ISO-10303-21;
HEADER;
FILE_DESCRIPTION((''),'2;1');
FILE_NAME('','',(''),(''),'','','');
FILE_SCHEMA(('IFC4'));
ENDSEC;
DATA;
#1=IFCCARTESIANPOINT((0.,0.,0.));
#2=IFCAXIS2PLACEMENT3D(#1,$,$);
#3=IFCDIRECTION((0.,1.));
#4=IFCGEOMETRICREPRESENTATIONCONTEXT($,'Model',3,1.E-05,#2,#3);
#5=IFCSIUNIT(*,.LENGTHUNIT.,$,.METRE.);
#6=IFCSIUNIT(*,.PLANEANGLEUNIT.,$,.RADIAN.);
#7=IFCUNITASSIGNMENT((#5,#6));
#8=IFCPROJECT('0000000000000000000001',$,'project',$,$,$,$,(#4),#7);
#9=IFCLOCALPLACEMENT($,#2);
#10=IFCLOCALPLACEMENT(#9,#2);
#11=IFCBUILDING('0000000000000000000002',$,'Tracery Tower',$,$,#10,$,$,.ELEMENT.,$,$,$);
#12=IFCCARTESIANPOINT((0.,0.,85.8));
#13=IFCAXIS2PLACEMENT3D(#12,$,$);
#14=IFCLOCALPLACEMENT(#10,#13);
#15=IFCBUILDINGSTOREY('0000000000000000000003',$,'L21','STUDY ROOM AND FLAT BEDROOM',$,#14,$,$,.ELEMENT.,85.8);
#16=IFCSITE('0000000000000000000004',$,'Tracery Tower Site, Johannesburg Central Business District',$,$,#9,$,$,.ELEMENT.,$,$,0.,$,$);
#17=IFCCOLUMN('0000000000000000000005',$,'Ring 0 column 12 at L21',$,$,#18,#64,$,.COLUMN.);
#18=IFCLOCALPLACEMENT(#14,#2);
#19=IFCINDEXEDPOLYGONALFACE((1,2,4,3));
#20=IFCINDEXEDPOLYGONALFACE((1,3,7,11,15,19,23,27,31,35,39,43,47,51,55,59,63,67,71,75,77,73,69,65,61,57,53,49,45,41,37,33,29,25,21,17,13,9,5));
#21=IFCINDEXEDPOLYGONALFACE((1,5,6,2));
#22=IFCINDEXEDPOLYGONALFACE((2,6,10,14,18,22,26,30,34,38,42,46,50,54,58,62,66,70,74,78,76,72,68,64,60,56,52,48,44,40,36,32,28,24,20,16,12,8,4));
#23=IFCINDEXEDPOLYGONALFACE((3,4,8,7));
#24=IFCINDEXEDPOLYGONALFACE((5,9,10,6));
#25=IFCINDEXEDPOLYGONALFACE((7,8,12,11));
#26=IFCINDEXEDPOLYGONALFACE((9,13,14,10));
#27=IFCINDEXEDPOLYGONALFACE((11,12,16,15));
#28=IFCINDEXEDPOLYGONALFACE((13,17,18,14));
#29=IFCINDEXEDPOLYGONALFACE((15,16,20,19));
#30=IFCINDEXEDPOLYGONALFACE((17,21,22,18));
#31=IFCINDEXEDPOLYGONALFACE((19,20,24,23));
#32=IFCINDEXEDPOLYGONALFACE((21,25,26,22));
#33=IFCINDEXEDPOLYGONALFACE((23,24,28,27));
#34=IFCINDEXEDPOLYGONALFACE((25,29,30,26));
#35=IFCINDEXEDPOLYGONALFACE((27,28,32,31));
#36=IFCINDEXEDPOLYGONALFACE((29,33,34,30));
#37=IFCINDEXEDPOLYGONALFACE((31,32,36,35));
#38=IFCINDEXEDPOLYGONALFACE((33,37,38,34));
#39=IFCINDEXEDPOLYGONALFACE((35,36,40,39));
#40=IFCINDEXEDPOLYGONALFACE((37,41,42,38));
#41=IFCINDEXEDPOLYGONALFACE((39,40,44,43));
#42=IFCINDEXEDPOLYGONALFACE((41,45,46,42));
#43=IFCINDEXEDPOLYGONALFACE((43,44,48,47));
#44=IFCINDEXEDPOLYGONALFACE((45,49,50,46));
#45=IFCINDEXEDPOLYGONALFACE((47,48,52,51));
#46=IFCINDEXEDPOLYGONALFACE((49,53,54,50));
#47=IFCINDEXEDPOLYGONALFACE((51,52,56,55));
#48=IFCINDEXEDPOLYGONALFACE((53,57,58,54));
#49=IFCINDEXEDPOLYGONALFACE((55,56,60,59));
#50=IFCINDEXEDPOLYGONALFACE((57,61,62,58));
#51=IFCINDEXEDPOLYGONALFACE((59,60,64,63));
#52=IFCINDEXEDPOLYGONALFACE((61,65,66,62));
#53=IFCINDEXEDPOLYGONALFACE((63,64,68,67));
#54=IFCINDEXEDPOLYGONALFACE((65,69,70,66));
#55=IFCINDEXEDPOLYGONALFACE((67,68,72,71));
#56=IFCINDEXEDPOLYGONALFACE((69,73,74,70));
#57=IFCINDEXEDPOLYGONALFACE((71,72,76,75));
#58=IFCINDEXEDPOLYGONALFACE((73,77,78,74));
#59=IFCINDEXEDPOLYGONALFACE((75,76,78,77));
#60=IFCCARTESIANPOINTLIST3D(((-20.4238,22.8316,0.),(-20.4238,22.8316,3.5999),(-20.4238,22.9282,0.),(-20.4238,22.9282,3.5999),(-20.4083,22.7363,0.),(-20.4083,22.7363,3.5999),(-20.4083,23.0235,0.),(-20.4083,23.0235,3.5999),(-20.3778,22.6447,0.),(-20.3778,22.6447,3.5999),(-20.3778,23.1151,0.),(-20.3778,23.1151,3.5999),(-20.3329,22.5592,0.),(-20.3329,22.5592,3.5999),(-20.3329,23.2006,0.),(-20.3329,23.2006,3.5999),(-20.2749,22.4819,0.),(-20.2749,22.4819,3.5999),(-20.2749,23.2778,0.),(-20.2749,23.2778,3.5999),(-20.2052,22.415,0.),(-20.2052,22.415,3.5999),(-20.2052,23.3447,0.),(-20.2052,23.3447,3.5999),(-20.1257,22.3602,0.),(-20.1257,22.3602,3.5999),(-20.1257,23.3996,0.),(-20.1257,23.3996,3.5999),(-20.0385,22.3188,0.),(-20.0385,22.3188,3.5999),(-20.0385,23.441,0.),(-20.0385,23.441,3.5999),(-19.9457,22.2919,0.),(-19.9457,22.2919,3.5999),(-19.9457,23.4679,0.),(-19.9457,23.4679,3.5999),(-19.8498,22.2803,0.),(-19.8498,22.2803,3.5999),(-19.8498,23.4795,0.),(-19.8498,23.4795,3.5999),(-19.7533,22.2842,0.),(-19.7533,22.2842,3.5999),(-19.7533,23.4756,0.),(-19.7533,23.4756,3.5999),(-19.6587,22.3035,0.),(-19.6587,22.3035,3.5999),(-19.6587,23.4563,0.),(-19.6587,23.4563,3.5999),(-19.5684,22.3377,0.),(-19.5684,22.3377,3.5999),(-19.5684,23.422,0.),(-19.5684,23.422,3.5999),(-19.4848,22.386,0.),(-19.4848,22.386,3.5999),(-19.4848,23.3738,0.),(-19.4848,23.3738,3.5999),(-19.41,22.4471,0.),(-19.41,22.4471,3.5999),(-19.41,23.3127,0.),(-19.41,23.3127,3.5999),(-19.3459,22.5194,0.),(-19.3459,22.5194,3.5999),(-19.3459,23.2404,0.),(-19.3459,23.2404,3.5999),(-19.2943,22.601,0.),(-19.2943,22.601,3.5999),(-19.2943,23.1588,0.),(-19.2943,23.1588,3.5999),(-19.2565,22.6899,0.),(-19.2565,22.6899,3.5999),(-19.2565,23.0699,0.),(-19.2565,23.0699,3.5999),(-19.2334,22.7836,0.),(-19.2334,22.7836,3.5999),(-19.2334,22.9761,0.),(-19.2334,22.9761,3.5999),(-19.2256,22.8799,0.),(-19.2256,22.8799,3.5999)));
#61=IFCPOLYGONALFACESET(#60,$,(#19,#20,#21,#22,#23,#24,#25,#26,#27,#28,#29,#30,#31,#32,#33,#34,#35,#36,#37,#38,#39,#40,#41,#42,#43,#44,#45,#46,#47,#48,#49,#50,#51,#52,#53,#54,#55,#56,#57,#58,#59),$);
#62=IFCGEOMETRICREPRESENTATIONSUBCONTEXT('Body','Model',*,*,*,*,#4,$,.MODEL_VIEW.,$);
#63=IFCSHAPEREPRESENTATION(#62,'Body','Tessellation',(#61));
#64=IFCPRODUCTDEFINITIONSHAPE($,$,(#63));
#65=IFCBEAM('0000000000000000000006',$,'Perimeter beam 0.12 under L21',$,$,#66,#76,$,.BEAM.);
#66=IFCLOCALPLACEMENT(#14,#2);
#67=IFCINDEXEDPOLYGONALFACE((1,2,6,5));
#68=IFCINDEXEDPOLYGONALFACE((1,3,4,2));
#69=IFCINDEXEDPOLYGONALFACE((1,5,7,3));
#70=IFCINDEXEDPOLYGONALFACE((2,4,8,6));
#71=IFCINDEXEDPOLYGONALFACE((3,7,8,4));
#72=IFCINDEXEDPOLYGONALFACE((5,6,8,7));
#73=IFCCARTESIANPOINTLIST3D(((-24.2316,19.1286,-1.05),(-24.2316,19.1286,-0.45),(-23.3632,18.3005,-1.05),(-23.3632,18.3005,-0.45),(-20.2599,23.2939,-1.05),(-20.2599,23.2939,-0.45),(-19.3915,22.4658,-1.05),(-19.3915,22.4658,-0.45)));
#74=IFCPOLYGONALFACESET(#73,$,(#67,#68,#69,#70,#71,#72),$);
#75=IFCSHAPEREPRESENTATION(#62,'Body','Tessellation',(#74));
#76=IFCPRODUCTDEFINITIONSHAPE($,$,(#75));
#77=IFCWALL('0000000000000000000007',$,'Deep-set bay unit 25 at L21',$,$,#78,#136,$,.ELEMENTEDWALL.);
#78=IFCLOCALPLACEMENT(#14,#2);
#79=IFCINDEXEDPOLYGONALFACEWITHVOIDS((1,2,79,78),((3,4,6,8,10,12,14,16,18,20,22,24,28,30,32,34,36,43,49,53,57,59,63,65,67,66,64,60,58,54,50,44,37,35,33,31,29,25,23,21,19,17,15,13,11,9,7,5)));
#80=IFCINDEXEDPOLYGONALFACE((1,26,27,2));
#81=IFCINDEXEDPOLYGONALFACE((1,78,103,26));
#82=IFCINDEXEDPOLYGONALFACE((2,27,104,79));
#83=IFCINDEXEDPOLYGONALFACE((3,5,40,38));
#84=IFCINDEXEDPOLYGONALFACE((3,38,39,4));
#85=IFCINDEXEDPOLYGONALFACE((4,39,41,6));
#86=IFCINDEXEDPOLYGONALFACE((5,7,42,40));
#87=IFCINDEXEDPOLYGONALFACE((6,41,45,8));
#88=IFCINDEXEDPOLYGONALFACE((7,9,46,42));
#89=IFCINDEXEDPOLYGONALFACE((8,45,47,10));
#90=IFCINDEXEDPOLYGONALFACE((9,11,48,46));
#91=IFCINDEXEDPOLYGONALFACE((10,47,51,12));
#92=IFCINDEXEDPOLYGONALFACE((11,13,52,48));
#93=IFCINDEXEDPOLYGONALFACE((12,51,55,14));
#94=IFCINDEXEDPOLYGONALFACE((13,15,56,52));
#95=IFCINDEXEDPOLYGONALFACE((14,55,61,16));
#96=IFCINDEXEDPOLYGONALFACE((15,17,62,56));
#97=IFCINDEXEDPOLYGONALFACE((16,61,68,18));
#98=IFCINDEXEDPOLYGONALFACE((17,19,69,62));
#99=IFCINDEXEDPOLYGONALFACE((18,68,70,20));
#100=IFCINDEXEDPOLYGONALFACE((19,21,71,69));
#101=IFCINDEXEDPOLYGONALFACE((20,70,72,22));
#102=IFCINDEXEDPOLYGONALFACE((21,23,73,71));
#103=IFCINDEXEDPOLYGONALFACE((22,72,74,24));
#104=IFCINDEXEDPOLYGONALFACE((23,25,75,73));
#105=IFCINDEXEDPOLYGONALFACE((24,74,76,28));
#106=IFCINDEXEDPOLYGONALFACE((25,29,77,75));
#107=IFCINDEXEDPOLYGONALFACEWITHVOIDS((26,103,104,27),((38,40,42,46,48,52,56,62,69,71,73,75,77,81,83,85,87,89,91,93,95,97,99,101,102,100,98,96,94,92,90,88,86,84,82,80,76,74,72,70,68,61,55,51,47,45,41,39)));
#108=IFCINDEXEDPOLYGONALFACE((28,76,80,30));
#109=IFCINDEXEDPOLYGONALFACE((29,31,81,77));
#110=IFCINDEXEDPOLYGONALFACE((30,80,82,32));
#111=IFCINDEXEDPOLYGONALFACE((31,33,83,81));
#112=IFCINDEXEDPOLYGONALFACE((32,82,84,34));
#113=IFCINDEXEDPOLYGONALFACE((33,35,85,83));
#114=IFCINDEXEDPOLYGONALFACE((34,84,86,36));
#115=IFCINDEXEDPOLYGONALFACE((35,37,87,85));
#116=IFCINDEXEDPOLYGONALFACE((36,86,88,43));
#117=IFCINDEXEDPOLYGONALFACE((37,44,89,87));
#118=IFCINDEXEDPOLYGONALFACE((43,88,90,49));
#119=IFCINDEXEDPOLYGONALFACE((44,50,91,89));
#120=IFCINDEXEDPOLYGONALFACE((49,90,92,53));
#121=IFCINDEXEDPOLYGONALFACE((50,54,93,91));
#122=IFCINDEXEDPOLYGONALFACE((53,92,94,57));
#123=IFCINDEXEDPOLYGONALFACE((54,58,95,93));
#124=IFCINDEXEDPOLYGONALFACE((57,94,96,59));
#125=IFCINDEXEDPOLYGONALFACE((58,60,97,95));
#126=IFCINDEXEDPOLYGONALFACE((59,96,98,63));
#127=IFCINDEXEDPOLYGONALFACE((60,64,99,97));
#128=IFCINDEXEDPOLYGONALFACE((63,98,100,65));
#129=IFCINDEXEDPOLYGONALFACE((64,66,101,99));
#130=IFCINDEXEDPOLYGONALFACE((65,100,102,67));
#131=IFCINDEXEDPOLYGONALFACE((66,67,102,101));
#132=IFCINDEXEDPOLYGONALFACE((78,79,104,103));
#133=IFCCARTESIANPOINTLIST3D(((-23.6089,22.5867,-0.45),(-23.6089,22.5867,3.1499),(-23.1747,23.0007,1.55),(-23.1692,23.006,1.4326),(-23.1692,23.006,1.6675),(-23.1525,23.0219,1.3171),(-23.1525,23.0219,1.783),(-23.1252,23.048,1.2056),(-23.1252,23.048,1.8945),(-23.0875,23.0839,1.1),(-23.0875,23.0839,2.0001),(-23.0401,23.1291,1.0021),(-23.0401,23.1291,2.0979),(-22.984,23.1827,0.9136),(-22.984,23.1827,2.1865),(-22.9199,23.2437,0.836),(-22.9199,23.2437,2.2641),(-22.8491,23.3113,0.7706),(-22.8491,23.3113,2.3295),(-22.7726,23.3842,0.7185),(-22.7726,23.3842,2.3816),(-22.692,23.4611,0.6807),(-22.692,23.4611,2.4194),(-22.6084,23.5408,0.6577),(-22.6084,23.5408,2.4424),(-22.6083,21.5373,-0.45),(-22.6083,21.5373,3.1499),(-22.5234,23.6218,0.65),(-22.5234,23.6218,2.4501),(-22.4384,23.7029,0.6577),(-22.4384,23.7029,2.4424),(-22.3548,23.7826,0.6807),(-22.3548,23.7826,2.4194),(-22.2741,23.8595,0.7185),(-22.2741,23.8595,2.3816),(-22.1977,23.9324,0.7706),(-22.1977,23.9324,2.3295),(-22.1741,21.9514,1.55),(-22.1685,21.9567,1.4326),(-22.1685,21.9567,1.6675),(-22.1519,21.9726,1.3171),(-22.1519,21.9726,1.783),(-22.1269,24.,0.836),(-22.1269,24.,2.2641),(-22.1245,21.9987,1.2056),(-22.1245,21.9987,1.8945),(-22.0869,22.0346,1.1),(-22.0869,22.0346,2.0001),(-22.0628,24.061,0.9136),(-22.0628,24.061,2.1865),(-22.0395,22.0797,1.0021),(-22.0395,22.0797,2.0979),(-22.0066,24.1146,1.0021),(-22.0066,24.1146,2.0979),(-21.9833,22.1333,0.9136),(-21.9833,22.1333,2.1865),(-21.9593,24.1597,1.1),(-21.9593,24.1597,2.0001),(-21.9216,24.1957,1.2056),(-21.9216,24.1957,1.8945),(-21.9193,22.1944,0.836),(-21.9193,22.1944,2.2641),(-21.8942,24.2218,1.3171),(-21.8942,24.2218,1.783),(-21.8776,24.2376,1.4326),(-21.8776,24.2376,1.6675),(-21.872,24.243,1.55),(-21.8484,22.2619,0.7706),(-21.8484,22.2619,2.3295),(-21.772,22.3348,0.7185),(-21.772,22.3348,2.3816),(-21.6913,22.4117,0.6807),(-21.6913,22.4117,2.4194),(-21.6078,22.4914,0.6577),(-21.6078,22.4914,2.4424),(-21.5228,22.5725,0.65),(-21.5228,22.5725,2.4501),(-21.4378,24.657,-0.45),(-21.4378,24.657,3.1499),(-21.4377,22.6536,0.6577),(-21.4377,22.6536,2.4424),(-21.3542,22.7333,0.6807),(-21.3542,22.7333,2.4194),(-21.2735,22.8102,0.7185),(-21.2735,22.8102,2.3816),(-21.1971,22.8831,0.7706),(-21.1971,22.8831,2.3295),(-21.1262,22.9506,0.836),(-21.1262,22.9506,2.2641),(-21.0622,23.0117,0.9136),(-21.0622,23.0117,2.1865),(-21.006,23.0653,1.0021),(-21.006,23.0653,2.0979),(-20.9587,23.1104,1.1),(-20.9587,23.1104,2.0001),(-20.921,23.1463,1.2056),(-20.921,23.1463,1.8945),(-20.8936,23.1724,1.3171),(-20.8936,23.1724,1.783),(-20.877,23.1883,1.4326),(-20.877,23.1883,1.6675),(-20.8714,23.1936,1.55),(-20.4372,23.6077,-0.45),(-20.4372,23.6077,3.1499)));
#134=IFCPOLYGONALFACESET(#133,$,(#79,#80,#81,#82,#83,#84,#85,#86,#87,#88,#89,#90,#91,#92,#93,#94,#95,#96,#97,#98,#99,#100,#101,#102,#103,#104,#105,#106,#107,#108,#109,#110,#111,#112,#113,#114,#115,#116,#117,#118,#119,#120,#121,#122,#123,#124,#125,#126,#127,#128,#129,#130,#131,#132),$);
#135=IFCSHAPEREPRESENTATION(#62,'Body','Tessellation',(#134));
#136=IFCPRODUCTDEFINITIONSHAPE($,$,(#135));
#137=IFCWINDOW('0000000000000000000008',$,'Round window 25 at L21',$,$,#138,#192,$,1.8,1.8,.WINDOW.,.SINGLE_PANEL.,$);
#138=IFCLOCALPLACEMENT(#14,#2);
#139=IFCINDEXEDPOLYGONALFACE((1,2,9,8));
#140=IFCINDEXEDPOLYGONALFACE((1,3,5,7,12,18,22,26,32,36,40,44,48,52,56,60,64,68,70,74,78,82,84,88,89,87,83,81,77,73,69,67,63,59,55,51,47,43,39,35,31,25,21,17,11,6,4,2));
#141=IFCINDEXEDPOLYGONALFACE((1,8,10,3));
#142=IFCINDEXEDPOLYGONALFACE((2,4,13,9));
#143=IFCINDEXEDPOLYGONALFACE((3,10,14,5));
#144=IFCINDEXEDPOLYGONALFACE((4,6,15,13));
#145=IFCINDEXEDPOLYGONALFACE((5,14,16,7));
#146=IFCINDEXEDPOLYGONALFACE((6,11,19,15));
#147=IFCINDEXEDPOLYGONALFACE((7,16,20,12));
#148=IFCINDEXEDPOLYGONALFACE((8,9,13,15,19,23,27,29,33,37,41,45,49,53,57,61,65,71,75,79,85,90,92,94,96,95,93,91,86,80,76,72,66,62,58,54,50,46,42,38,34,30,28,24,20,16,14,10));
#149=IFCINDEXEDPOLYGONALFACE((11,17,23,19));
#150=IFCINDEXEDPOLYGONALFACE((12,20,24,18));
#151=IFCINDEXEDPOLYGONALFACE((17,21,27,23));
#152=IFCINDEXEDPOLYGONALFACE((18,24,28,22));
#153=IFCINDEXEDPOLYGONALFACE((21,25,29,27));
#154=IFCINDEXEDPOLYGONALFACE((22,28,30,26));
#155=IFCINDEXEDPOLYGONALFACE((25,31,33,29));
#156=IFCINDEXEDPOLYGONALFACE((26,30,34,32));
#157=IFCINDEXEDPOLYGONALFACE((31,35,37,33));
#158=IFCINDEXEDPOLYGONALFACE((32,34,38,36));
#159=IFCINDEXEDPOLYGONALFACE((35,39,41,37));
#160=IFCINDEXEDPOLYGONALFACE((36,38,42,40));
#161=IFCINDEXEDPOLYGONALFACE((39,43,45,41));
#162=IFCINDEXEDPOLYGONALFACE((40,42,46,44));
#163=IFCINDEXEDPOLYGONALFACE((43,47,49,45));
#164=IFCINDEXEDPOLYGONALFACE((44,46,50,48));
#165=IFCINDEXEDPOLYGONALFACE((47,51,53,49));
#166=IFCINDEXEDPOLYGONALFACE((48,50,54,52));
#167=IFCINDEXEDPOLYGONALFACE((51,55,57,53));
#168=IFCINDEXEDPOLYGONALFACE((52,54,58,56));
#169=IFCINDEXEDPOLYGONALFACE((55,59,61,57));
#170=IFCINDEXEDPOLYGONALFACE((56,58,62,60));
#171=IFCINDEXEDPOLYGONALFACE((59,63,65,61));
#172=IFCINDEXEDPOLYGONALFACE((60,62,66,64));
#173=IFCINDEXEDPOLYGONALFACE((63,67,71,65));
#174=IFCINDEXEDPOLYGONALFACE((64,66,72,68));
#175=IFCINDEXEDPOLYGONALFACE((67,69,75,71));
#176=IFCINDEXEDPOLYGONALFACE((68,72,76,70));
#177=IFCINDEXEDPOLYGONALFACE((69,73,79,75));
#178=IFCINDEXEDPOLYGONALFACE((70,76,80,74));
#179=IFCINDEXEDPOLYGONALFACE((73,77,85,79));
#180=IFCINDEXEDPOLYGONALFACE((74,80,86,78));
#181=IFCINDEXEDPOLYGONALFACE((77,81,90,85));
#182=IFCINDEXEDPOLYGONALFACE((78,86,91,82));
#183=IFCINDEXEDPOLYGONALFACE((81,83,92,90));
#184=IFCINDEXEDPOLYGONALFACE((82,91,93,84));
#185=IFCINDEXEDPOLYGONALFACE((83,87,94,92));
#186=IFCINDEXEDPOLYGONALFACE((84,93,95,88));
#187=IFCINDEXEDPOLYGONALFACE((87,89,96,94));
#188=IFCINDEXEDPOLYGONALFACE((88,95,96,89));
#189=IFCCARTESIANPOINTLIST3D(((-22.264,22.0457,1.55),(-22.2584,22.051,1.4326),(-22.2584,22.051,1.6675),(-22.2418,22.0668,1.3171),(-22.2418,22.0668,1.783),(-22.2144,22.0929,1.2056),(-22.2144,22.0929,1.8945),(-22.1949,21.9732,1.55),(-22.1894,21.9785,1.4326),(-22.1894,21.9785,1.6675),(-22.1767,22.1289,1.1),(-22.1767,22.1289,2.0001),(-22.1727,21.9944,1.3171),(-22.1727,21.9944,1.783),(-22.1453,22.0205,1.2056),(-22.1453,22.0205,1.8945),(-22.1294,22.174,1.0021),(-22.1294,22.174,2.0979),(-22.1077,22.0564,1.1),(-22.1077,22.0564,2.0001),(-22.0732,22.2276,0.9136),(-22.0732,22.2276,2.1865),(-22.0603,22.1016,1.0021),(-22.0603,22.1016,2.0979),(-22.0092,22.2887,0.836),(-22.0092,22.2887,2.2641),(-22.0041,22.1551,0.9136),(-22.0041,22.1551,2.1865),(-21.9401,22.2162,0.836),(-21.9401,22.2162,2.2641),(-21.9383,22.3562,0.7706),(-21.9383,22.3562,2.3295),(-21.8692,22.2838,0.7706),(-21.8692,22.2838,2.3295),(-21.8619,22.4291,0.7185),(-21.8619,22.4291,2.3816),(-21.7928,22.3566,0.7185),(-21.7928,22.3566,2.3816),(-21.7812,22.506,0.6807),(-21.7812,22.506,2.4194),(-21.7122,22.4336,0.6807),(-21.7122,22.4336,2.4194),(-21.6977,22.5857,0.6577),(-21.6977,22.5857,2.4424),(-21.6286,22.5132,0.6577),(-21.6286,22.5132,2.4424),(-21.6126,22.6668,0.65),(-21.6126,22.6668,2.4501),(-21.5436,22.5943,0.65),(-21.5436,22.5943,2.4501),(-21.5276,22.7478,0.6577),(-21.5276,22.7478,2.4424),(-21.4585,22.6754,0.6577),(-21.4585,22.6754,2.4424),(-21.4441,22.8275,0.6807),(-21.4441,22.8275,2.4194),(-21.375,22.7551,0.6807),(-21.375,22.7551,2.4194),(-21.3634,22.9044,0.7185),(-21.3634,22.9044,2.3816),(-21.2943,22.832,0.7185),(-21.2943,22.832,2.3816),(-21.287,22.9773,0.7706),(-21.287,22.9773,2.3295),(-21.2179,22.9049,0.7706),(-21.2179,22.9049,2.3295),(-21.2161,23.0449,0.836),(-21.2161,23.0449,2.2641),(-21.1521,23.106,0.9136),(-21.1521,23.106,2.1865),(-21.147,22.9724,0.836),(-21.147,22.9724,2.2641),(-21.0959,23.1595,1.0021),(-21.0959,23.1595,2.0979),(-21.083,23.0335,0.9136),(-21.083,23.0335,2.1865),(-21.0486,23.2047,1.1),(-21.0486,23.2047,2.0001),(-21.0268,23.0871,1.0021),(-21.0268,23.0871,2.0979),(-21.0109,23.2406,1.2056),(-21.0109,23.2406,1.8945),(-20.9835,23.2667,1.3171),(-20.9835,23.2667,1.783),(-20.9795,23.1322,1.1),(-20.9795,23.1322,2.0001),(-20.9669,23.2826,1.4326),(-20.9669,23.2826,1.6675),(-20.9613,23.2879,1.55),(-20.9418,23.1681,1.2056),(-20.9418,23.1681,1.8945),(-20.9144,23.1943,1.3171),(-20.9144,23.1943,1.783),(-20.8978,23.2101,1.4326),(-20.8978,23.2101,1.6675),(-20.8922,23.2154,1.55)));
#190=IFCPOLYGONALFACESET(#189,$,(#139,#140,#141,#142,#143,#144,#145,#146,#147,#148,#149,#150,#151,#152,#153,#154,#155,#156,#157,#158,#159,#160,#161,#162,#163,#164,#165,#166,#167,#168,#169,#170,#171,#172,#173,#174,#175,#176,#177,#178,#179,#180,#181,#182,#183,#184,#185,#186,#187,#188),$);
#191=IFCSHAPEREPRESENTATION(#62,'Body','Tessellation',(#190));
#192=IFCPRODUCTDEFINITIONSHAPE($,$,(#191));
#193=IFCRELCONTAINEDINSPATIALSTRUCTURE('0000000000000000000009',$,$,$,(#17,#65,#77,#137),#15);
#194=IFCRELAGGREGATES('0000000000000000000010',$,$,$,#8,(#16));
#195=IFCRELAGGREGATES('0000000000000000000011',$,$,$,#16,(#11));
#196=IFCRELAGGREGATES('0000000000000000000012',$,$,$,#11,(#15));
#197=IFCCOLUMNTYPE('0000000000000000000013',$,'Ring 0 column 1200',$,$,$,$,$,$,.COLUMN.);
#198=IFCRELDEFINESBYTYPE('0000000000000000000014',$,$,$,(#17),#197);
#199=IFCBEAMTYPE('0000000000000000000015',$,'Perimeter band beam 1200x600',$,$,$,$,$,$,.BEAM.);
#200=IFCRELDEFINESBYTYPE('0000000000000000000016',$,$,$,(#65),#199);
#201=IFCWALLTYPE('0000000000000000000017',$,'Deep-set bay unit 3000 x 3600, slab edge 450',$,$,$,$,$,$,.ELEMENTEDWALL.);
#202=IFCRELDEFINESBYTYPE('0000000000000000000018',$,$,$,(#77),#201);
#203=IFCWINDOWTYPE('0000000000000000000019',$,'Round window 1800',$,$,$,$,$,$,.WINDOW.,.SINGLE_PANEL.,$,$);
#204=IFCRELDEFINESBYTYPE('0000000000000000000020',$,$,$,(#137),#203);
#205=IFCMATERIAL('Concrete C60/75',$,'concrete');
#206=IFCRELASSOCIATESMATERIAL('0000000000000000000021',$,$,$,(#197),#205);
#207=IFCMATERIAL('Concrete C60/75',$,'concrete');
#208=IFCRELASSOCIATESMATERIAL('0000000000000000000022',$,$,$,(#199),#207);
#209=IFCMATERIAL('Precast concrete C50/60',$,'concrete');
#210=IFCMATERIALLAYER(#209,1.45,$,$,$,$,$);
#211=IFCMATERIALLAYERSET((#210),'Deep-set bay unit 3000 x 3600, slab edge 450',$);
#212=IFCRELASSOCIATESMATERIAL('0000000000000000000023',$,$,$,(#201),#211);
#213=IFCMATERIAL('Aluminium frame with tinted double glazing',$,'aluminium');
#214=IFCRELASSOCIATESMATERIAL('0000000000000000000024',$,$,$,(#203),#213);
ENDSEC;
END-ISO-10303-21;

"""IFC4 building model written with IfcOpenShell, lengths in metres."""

from ifc_helpers import new_model, si_unit, direction, frame, frame_2d, origin, origin_2d, place, context, subcontext, project, spatial, rectangle, circle, extrude, material, layer, layer_set, material_profile, profile_set, type_object, element, fill, save


model = new_model("IFC4")

# Units and contexts
model_context = context("Model", 3, precision=1e-05, world=origin(), true_north=direction((0.0, 1.0)))
body_context = subcontext(model_context, "Body", "Model", "MODEL_VIEW")
ifc_project = project(units=[si_unit("LENGTHUNIT", "METRE"), si_unit("PLANEANGLEUNIT", "RADIAN")], contexts=[model_context])

# Site, building, storey
site_placement = place(None, origin())
site = spatial("IfcSite", under=ifc_project, at=site_placement, Name="Tracery Tower Site, Johannesburg Central Business District", CompositionType="ELEMENT", RefElevation=0.0)
building_placement = place(site_placement, origin())
building = spatial("IfcBuilding", under=site, at=building_placement, Name="Tracery Tower", CompositionType="ELEMENT")
storey_placement = place(building_placement, frame((0.0, 0.0, 85.8)))
storey = spatial("IfcBuildingStorey", under=building, at=storey_placement, Name="L21", Description="STUDY ROOM AND FLAT BEDROOM", CompositionType="ELEMENT", Elevation=85.8)

# Column
ifc_material_1 = material(Name="Concrete C60/75", Category="concrete")
ifc_material_profile_1 = material_profile(ifc_material_1, circle(Radius=0.6001, at=origin_2d()), Name="RC D1200")
ifc_profile_set_1 = profile_set([ifc_material_profile_1], Name="Concrete C60/75")
column_type = type_object("IfcColumnType", Name="Ring 0 column 1200", PredefinedType="COLUMN", material=ifc_profile_set_1)
column_placement = place(storey_placement, frame((-19.8257, 22.8799, 0.0), z_axis=(0.0, 0.0, 1.0), x_axis=(1.0, 0.0, 0.0)))
element("IfcColumn", 1, at=column_placement, inside=storey, type_object=column_type, Name="Ring 0 column 12 at L21", PredefinedType="COLUMN", context=body_context, shape_type="SweptSolid", body=[
    extrude(circle(Radius=0.6001, at=origin_2d()), origin(), (0.0, 0.0, 1.0), 3.5999),
])

# Beam
ifc_material_2 = material(Name="Concrete C60/75", Category="concrete")
ifc_material_profile_2 = material_profile(ifc_material_2, rectangle(XDim=1.2, YDim=0.6001, at=origin_2d()), Name="RC 1200x600")
ifc_profile_set_2 = profile_set([ifc_material_profile_2], Name="Concrete C60/75")
beam_type = type_object("IfcBeamType", Name="Perimeter band beam 1200x600", PredefinedType="BEAM", material=ifc_profile_set_2)
beam_placement = place(storey_placement, frame((-19.8257, 22.8799, -0.75), z_axis=(-0.690087, -0.723726, 0.0), x_axis=(0.723726, -0.690087, 0.0)))
element("IfcBeam", 2, at=beam_placement, inside=storey, type_object=beam_type, Name="Perimeter beam 0.12 under L21", PredefinedType="BEAM", context=body_context, shape_type="SweptSolid", body=[
    extrude(rectangle(XDim=1.2, YDim=0.6001, at=origin_2d()), origin(), (0.0, 0.0, 1.0), 5.7554),
])

# Wall, opening, window
ifc_material_3 = material(Name="Precast concrete C50/60", Category="concrete")
ifc_layer_1 = layer(ifc_material_3, 1.45)
ifc_layer_set_1 = layer_set([ifc_layer_1], Name="Deep-set bay unit 3000 x 3600, slab edge 450")
wall_type_1 = type_object("IfcWallType", Name="Deep-set bay unit 3000 x 3600, slab edge 450", PredefinedType="ELEMENTEDWALL", material=ifc_layer_set_1)
wall_1_placement = place(storey_placement, frame((-20.9375, 24.1323, -0.45), z_axis=(0.0, 0.0, 1.0), x_axis=(-0.723712, -0.690102, 0.0)))
wall_1 = element("IfcWall", 3, at=wall_1_placement, inside=storey, type_object=wall_type_1, Name="Deep-set bay unit 25 at L21", PredefinedType="ELEMENTEDWALL", context=body_context, shape_type="SweptSolid", body=[
    extrude(rectangle(XDim=3.0, YDim=1.45, at=frame_2d((1.5, 0.0))), origin(), (0.0, 0.0, 1.0), 3.5999),
])
opening_1_placement = place(wall_1_placement, frame((1.5, 0.0, 2.0)))
opening_1 = element("IfcOpeningElement", 4, at=opening_1_placement, cuts=wall_1, PredefinedType="OPENING", context=body_context, shape_type="SweptSolid", body=[
    extrude(circle(Radius=0.9, at=origin_2d()), frame((0.0, 0.7349, 0.0), z_axis=(0.0, -1.0, 0.0), x_axis=(1.0, 0.0, 0.0)), (0.0, 0.0, 1.0), 1.47),
])
ifc_material_4 = material(Name="Aluminium frame with tinted double glazing", Category="aluminium")
window_type = type_object("IfcWindowType", Name="Round window 1800", PartitioningType="SINGLE_PANEL", PredefinedType="WINDOW", material=ifc_material_4)
window_1_placement = place(opening_1_placement, origin())
window_1 = element("IfcWindow", 5, at=window_1_placement, inside=storey, type_object=window_type, Name="Round window 25 at L21", OverallHeight=1.8, OverallWidth=1.8, PartitioningType="SINGLE_PANEL", PredefinedType="WINDOW", context=body_context, shape_type="SweptSolid", body=[
    extrude(circle(Radius=0.9, at=origin_2d()), frame((0.0, 0.6948, 0.0), z_axis=(0.0, -1.0, 0.0), x_axis=(1.0, 0.0, 0.0)), (0.0, 0.0, 1.0), 0.1001),
])
fill(opening_1, window_1)

save(model, "model.ifc")
